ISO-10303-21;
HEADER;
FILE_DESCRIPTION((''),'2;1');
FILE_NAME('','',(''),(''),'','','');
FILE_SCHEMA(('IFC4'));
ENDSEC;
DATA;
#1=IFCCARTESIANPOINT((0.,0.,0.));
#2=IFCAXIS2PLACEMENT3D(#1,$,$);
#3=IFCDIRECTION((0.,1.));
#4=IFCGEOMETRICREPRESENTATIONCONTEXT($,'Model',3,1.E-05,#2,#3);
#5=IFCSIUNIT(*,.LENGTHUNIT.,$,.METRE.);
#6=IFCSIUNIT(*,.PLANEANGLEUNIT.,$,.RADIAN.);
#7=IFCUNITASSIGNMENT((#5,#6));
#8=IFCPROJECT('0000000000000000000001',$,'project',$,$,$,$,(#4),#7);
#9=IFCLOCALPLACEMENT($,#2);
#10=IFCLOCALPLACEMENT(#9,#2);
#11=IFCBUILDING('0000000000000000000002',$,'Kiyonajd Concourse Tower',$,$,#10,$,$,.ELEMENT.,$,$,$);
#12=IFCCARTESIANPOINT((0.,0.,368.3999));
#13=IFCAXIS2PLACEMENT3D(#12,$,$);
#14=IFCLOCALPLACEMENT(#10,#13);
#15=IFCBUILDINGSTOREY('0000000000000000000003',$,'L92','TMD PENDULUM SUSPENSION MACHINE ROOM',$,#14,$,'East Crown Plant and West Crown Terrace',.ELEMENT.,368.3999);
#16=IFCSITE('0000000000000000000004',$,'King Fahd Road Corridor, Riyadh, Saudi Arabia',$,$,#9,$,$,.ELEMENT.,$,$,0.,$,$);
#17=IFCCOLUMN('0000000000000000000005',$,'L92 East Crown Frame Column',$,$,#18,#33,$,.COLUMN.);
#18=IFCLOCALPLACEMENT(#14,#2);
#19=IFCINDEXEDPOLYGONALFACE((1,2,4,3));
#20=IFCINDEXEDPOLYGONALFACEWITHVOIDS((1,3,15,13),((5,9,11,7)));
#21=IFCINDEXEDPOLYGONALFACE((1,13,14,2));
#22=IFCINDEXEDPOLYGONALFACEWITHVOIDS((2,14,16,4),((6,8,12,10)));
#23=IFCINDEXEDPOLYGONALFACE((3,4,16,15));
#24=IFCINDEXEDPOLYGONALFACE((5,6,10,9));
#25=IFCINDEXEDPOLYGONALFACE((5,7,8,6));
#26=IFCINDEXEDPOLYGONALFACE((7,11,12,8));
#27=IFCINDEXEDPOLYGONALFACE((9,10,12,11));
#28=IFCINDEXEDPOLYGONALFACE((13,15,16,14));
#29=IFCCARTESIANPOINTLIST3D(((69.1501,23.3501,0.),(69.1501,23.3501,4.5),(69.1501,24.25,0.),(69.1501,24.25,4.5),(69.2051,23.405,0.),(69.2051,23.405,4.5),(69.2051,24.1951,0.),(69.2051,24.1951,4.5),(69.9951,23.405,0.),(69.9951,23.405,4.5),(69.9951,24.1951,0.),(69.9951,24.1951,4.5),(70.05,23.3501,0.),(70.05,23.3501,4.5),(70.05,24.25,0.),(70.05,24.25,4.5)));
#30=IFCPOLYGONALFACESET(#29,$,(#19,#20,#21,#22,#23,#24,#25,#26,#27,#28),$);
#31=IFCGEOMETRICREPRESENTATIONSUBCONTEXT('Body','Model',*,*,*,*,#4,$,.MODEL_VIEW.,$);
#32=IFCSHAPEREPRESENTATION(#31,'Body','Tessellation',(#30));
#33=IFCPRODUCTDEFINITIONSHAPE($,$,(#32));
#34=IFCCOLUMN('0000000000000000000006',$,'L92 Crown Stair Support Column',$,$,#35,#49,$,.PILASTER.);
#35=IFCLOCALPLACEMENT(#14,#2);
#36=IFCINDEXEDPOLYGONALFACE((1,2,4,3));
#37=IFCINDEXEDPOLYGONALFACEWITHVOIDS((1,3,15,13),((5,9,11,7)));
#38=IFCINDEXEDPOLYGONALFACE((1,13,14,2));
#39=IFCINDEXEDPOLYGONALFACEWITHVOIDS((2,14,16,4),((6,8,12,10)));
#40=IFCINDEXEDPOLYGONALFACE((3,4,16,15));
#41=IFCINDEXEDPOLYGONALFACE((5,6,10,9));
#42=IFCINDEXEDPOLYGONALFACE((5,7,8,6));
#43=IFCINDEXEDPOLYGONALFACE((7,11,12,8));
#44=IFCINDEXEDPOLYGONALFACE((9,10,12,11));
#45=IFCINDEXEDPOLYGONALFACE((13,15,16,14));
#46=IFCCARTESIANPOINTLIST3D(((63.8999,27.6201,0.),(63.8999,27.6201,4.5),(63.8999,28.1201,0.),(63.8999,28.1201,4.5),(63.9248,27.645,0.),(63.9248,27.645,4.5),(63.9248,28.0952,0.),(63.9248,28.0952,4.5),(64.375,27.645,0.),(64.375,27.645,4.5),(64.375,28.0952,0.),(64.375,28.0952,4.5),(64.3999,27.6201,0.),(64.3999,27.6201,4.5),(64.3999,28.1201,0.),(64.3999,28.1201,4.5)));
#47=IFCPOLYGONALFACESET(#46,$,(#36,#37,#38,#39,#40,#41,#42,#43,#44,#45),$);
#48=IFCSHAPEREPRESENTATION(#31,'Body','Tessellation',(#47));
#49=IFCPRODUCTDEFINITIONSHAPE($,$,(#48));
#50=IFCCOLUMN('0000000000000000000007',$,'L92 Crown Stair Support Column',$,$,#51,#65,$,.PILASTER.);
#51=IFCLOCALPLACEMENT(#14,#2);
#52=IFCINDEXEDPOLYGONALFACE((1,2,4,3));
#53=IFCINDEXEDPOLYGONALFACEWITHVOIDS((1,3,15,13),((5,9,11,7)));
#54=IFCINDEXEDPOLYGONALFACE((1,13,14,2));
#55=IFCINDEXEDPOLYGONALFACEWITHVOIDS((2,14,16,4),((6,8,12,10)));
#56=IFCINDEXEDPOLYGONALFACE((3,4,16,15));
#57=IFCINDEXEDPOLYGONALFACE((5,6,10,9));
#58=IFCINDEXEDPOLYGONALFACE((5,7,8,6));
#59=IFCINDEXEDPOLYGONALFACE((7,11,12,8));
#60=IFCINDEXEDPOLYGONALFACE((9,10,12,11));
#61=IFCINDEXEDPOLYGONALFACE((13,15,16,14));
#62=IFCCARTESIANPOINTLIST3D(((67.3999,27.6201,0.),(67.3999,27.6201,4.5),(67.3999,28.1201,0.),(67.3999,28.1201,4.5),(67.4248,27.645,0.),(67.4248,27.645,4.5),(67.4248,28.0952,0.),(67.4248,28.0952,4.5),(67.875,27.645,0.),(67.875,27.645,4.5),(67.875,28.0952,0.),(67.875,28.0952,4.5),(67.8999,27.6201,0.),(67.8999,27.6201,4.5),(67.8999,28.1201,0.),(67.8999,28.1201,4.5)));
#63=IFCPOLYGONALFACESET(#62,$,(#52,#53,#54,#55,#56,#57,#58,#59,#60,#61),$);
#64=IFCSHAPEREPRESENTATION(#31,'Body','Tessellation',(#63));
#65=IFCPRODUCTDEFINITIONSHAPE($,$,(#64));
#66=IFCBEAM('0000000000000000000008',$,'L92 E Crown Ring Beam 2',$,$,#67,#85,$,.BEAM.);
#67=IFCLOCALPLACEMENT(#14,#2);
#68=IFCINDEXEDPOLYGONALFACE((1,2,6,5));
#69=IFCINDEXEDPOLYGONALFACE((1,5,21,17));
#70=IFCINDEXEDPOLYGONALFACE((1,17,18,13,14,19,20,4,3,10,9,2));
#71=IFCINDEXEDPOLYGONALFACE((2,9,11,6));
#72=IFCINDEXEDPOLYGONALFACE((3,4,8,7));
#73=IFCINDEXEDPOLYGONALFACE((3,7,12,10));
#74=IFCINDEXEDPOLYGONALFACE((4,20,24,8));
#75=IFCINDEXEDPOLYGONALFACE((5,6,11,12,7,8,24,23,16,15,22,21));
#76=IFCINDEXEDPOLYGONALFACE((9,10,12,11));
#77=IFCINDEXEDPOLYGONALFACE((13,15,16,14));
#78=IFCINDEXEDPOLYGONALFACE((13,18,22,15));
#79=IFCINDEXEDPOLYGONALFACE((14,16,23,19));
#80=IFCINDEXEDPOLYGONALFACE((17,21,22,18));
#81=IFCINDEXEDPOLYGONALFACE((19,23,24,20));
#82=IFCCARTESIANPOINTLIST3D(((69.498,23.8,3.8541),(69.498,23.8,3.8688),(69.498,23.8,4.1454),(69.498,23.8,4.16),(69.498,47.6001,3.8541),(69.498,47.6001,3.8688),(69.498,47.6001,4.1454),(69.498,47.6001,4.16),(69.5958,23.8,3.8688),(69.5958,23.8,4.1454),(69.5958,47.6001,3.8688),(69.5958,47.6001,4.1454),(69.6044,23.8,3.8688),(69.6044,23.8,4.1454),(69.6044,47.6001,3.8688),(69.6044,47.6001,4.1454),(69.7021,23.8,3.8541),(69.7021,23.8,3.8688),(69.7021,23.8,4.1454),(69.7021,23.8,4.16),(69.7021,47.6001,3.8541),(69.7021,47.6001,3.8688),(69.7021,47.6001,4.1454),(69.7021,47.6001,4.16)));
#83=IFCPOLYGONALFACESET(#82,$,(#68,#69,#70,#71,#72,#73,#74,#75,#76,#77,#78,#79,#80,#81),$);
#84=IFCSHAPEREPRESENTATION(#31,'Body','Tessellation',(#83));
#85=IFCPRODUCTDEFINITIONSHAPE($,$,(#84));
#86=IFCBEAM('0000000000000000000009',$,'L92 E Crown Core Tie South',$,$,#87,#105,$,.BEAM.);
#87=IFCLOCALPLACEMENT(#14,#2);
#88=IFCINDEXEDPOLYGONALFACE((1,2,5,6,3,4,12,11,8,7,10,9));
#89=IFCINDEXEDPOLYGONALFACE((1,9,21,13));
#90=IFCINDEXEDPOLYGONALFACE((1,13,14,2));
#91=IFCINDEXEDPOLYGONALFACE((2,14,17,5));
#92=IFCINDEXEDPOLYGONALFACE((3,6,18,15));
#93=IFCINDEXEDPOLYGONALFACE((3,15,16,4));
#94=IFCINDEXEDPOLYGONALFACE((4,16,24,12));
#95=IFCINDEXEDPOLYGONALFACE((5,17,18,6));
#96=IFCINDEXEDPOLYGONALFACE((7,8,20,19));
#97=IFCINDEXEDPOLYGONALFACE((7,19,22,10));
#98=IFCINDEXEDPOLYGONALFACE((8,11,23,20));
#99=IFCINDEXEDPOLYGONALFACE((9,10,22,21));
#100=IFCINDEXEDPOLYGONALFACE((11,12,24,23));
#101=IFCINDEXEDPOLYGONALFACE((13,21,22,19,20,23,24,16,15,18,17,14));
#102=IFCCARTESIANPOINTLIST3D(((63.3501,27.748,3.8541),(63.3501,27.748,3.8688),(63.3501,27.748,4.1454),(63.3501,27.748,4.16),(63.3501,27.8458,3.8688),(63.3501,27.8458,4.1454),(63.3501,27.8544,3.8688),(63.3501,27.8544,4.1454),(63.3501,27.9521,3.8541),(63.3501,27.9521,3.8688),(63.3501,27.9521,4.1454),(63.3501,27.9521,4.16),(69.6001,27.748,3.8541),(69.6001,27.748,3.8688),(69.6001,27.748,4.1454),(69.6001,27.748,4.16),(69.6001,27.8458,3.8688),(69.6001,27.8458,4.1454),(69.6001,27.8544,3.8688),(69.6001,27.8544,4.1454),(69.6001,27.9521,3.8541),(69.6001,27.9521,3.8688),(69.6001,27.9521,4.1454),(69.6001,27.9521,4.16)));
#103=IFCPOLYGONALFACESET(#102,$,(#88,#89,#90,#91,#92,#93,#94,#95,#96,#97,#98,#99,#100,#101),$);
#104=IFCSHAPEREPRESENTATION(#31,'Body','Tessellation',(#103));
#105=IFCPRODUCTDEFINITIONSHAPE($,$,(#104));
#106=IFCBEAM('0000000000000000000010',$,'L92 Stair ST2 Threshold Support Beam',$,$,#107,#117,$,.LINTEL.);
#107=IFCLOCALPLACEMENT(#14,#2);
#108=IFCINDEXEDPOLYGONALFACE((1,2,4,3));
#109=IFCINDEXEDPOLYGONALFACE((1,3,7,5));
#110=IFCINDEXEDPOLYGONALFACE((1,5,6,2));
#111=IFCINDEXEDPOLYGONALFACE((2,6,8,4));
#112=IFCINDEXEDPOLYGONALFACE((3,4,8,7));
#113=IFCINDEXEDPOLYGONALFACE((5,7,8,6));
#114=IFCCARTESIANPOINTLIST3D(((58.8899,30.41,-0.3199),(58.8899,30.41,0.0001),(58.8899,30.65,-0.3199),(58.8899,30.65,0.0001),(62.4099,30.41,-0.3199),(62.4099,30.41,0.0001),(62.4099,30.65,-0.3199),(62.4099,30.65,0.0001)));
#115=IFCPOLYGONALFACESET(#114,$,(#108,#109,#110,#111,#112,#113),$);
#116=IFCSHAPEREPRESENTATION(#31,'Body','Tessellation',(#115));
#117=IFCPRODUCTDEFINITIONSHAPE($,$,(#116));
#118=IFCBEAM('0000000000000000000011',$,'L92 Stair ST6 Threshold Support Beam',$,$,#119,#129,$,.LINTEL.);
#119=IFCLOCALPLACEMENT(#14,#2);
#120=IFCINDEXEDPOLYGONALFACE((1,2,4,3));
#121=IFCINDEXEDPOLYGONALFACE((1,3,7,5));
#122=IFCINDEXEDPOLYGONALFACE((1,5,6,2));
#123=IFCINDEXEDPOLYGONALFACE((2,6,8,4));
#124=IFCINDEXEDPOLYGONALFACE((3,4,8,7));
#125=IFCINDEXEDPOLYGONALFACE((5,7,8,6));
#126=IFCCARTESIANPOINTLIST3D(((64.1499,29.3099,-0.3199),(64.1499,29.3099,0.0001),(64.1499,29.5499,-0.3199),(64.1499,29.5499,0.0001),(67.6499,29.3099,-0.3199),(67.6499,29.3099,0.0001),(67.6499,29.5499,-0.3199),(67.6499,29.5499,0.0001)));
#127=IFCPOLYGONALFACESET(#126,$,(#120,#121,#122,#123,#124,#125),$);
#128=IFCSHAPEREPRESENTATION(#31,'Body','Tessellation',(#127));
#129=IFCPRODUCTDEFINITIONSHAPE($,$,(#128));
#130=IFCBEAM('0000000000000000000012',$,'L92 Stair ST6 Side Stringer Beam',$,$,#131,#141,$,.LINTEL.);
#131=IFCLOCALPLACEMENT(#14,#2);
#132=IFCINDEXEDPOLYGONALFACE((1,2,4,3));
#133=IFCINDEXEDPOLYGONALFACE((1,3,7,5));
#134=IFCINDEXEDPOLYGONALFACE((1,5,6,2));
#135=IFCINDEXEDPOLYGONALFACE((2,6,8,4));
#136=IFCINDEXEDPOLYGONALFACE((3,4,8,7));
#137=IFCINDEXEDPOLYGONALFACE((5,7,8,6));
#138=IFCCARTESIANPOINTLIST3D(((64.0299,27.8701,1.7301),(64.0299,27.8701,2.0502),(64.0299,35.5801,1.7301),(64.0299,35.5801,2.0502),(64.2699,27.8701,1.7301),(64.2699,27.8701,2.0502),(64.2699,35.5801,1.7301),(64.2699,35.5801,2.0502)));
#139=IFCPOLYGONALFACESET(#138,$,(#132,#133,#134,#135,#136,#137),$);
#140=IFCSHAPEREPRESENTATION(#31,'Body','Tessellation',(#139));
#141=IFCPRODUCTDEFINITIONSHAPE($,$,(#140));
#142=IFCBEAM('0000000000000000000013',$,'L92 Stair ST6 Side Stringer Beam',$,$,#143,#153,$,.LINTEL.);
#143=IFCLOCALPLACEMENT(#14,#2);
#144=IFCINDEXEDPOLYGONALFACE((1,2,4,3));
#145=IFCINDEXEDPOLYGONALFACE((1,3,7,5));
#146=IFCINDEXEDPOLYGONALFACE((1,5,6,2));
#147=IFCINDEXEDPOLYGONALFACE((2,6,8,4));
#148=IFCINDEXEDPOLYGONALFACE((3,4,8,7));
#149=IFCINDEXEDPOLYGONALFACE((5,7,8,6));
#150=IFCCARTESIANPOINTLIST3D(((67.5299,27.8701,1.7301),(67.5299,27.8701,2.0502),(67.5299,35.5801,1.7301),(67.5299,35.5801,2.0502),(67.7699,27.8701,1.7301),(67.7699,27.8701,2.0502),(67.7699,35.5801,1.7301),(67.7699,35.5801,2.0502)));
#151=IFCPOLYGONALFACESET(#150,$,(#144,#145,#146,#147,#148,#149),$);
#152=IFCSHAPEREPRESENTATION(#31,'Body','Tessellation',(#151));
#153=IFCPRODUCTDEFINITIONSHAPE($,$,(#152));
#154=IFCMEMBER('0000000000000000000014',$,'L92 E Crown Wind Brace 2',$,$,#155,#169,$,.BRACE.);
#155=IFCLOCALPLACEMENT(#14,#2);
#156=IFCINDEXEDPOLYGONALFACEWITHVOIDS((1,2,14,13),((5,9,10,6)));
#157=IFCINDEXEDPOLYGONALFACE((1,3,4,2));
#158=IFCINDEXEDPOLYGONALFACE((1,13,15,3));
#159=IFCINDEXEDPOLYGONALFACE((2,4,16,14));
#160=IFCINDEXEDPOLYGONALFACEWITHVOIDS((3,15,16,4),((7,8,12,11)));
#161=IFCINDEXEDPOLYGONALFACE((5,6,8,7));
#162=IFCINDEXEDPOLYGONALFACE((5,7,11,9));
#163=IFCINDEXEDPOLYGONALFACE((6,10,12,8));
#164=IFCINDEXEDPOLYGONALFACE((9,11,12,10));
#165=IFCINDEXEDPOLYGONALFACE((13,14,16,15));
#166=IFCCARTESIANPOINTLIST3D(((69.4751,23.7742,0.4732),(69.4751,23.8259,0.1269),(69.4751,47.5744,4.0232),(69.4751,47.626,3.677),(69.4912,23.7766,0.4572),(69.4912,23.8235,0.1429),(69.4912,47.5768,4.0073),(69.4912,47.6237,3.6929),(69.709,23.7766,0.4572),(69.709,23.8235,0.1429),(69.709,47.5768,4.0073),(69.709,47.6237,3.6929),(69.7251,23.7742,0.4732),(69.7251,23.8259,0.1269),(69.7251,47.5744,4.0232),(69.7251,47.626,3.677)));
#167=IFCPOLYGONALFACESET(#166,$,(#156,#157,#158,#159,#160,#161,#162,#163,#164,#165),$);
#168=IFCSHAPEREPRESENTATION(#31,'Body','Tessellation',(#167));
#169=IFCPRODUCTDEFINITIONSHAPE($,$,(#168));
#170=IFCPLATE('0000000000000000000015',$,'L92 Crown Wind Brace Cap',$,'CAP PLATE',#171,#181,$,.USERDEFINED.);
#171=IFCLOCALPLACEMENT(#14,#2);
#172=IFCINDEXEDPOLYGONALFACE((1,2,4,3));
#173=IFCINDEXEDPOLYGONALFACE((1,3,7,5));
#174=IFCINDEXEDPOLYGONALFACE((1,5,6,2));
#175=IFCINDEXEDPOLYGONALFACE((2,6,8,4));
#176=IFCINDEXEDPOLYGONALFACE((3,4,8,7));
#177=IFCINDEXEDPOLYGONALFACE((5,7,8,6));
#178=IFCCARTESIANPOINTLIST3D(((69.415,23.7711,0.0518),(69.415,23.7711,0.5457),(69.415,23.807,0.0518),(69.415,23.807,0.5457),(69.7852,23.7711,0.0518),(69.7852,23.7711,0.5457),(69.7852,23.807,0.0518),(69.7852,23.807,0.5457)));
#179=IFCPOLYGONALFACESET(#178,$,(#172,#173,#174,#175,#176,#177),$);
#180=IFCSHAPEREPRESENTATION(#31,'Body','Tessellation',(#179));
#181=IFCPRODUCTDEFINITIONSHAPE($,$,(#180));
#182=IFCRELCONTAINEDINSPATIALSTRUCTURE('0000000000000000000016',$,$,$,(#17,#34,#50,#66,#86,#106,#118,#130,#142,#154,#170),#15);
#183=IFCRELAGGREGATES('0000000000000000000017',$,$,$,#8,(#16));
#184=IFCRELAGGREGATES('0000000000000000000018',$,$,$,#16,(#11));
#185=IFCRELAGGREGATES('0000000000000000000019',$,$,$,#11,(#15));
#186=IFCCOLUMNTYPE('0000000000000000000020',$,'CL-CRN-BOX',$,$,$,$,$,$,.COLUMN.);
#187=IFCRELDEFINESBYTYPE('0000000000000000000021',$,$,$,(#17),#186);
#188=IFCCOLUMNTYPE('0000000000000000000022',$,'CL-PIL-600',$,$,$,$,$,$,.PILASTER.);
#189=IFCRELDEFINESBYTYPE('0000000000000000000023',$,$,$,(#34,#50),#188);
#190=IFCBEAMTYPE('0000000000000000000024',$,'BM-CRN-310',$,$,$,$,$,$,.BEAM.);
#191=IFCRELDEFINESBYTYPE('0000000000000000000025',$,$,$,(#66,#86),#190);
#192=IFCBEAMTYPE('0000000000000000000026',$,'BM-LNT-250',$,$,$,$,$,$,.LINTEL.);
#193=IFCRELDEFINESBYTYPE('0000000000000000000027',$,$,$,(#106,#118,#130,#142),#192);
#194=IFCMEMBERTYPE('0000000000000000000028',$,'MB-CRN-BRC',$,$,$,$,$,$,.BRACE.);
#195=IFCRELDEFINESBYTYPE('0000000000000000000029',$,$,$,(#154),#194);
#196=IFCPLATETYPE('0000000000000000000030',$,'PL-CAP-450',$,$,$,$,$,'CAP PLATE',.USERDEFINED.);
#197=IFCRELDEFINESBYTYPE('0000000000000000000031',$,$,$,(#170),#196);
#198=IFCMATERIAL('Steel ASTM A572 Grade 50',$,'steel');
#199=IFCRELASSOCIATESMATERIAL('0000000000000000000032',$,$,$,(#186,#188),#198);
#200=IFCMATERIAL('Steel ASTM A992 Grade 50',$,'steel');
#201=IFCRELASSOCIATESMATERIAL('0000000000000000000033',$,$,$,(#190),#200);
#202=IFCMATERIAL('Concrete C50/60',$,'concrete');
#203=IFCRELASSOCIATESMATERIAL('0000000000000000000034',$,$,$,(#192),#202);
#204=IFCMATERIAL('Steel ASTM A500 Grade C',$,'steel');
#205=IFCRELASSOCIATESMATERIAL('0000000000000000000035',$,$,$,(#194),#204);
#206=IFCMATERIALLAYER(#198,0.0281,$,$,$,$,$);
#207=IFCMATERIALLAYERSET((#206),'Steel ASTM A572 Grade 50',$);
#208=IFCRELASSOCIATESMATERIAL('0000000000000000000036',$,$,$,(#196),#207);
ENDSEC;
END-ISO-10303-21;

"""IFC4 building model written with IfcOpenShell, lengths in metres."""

from ifc_helpers import new_model, si_unit, direction, frame, origin, origin_2d, place, context, subcontext, project, spatial, rectangle, hollow_rectangle, i_section, extrude, material, layer, layer_set, material_profile, profile_set, type_object, element, save


model = new_model("IFC4")

# Units and contexts
model_context = context("Model", 3, precision=1e-05, world=origin(), true_north=direction((0.0, 1.0)))
body_context = subcontext(model_context, "Body", "Model", "MODEL_VIEW")
ifc_project = project(units=[si_unit("LENGTHUNIT", "METRE"), si_unit("PLANEANGLEUNIT", "RADIAN")], contexts=[model_context])

# Site, building, storey
site_placement = place(None, origin())
site = spatial("IfcSite", under=ifc_project, at=site_placement, Name="King Fahd Road Corridor, Riyadh, Saudi Arabia", CompositionType="ELEMENT", RefElevation=0.0)
building_placement = place(site_placement, origin())
building = spatial("IfcBuilding", under=site, at=building_placement, Name="Kiyonajd Concourse Tower", CompositionType="ELEMENT")
storey_placement = place(building_placement, frame((0.0, 0.0, 368.3999)))
storey = spatial("IfcBuildingStorey", under=building, at=storey_placement, Name="L92", Description="TMD PENDULUM SUSPENSION MACHINE ROOM", LongName="East Crown Plant and West Crown Terrace", CompositionType="ELEMENT", Elevation=368.3999)

# Columns
ifc_material_1 = material(Name="Steel ASTM A572 Grade 50", Category="steel")
ifc_material_profile_1 = material_profile(ifc_material_1, hollow_rectangle(XDim=0.8999, YDim=0.8999, WallThickness=0.0549, at=origin_2d()), Name="BOX-900x900x55")
ifc_profile_set_1 = profile_set([ifc_material_profile_1], Name="Steel ASTM A572 Grade 50")
column_type_1 = type_object("IfcColumnType", Name="CL-CRN-BOX", PredefinedType="COLUMN", material=ifc_profile_set_1)
column_placement = place(storey_placement, frame((69.6001, 23.8, 0.0), z_axis=(0.0, 0.0, 1.0), x_axis=(1.0, 0.0, 0.0)))
element("IfcColumn", 1, at=column_placement, inside=storey, type_object=column_type_1, Name="L92 East Crown Frame Column", PredefinedType="COLUMN", context=body_context, shape_type="SweptSolid", body=[
    extrude(hollow_rectangle(XDim=0.8999, YDim=0.8999, WallThickness=0.0549, at=origin_2d()), origin(), (0.0, 0.0, 1.0), 4.5),
])
ifc_material_profile_2 = material_profile(ifc_material_1, hollow_rectangle(XDim=0.5, YDim=0.5, WallThickness=0.0249, at=origin_2d()), Name="HSS-500x500x25")
ifc_profile_set_2 = profile_set([ifc_material_profile_2], Name="Steel ASTM A572 Grade 50")
column_type_2 = type_object("IfcColumnType", Name="CL-PIL-600", PredefinedType="PILASTER", material=ifc_profile_set_2)
for number, where, z_axis, x_axis, name in (
    (2, (64.1499, 27.8701, 0.0), (0.0, 0.0, 1.0), (1.0, 0.0, 0.0), "L92 Crown Stair Support Column"),
    (3, (67.6499, 27.8701, 0.0), (0.0, 0.0, 1.0), (1.0, 0.0, 0.0), "L92 Crown Stair Support Column"),
):
    element("IfcColumn", number, at=place(storey_placement, frame(where, z_axis=z_axis, x_axis=x_axis)), inside=storey, type_object=column_type_2, Name=name, PredefinedType="PILASTER", context=body_context, shape_type="SweptSolid", body=[
        extrude(hollow_rectangle(XDim=0.5, YDim=0.5, WallThickness=0.0249, at=origin_2d()), origin(), (0.0, 0.0, 1.0), 4.5),
    ])

# Beams
ifc_material_2 = material(Name="Steel ASTM A992 Grade 50", Category="steel")
ifc_material_profile_3 = material_profile(ifc_material_2, i_section(OverallWidth=0.2041, OverallDepth=0.3059, WebThickness=0.0085, FlangeThickness=0.0146, at=origin_2d()), Name="W310X67")
ifc_profile_set_3 = profile_set([ifc_material_profile_3], Name="Steel ASTM A992 Grade 50")
beam_type_1 = type_object("IfcBeamType", Name="BM-CRN-310", PredefinedType="BEAM", material=ifc_profile_set_3)
beam_1_placement = place(storey_placement, frame((69.6001, 23.8, 4.0071), z_axis=(0.0, 1.0, 0.0), x_axis=(-1.0, 0.0, 0.0)))
element("IfcBeam", 4, at=beam_1_placement, inside=storey, type_object=beam_type_1, Name="L92 E Crown Ring Beam 2", PredefinedType="BEAM", context=body_context, shape_type="SweptSolid", body=[
    extrude(i_section(OverallWidth=0.2041, OverallDepth=0.3059, WebThickness=0.0085, FlangeThickness=0.0146, at=origin_2d()), origin(), (0.0, 0.0, 1.0), 23.8),
])
beam_2_placement = place(storey_placement, frame((63.3501, 27.8501, 4.0071), z_axis=(1.0, 0.0, 0.0), x_axis=(0.0, 1.0, 0.0)))
element("IfcBeam", 5, at=beam_2_placement, inside=storey, type_object=beam_type_1, Name="L92 E Crown Core Tie South", PredefinedType="BEAM", context=body_context, shape_type="SweptSolid", body=[
    extrude(i_section(OverallWidth=0.2041, OverallDepth=0.3059, WebThickness=0.0085, FlangeThickness=0.0146, at=origin_2d()), origin(), (0.0, 0.0, 1.0), 6.25),
])
ifc_material_3 = material(Name="Concrete C50/60", Category="concrete")
ifc_material_profile_4 = material_profile(ifc_material_3, rectangle(XDim=0.24, YDim=0.3201, at=origin_2d()), Name="RCBM-240x320")
ifc_profile_set_4 = profile_set([ifc_material_profile_4], Name="Concrete C50/60")
beam_type_2 = type_object("IfcBeamType", Name="BM-LNT-250", PredefinedType="LINTEL", material=ifc_profile_set_4)
beam_3_placement = place(storey_placement, frame((58.8899, 30.53, -0.1599), z_axis=(1.0, 0.0, 0.0), x_axis=(0.0, 1.0, 0.0)))
element("IfcBeam", 6, at=beam_3_placement, inside=storey, type_object=beam_type_2, Name="L92 Stair ST2 Threshold Support Beam", PredefinedType="LINTEL", context=body_context, shape_type="SweptSolid", body=[
    extrude(rectangle(XDim=0.24, YDim=0.3201, at=origin_2d()), origin(), (0.0, 0.0, 1.0), 3.52),
])
beam_4_placement = place(storey_placement, frame((64.1499, 29.4299, -0.1599), z_axis=(1.0, 0.0, 0.0), x_axis=(0.0, 1.0, 0.0)))
element("IfcBeam", 7, at=beam_4_placement, inside=storey, type_object=beam_type_2, Name="L92 Stair ST6 Threshold Support Beam", PredefinedType="LINTEL", context=body_context, shape_type="SweptSolid", body=[
    extrude(rectangle(XDim=0.24, YDim=0.3201, at=origin_2d()), origin(), (0.0, 0.0, 1.0), 3.5),
])
for number, where, z_axis, x_axis, name in (
    (8, (64.1499, 27.8701, 1.8901), (0.0, 1.0, 0.0), (-1.0, 0.0, 0.0), "L92 Stair ST6 Side Stringer Beam"),
    (9, (67.6499, 27.8701, 1.8901), (0.0, 1.0, 0.0), (-1.0, 0.0, 0.0), "L92 Stair ST6 Side Stringer Beam"),
):
    element("IfcBeam", number, at=place(storey_placement, frame(where, z_axis=z_axis, x_axis=x_axis)), inside=storey, type_object=beam_type_2, Name=name, PredefinedType="LINTEL", context=body_context, shape_type="SweptSolid", body=[
        extrude(rectangle(XDim=0.24, YDim=0.3201, at=origin_2d()), origin(), (0.0, 0.0, 1.0), 7.71),
    ])

# Member
ifc_material_4 = material(Name="Steel ASTM A500 Grade C", Category="steel")
ifc_material_profile_5 = material_profile(ifc_material_4, hollow_rectangle(XDim=0.25, YDim=0.3501, WallThickness=0.0161, at=origin_2d()), Name="HSS-350x250x16")
ifc_profile_set_5 = profile_set([ifc_material_profile_5], Name="Steel ASTM A500 Grade C")
member_type = type_object("IfcMemberType", Name="MB-CRN-BRC", PredefinedType="BRACE", material=ifc_profile_set_5)
member_placement = place(storey_placement, frame((69.6001, 23.8, 0.3), z_axis=(0.0, 0.989058, 0.147529), x_axis=(-1.0, 0.0, 0.0)))
element("IfcMember", 10, at=member_placement, inside=storey, type_object=member_type, Name="L92 E Crown Wind Brace 2", PredefinedType="BRACE", context=body_context, shape_type="SweptSolid", body=[
    extrude(hollow_rectangle(XDim=0.25, YDim=0.3501, WallThickness=0.0161, at=origin_2d()), origin(), (0.0, 0.0, 1.0), 24.0635),
])

# Plate
ifc_layer_1 = layer(ifc_material_1, 0.0281)
ifc_layer_set_1 = layer_set([ifc_layer_1], Name="Steel ASTM A572 Grade 50")
plate_type = type_object("IfcPlateType", Name="PL-CAP-450", ElementType="CAP PLATE", PredefinedType="USERDEFINED", material=ifc_layer_set_1)
plate_placement = place(storey_placement, frame((69.6001, 23.7891, 0.0518), z_axis=(0.0, 0.0, 1.0), x_axis=(0.0, -1.0, 0.0)))
element("IfcPlate", 11, at=plate_placement, inside=storey, type_object=plate_type, Name="L92 Crown Wind Brace Cap", ObjectType="CAP PLATE", PredefinedType="USERDEFINED", context=body_context, shape_type="SweptSolid", body=[
    extrude(rectangle(XDim=0.0359, YDim=0.3701, at=origin_2d()), origin(), (0.0, 0.0, 1.0), 0.4939),
])

save(model, "model.ifc")
